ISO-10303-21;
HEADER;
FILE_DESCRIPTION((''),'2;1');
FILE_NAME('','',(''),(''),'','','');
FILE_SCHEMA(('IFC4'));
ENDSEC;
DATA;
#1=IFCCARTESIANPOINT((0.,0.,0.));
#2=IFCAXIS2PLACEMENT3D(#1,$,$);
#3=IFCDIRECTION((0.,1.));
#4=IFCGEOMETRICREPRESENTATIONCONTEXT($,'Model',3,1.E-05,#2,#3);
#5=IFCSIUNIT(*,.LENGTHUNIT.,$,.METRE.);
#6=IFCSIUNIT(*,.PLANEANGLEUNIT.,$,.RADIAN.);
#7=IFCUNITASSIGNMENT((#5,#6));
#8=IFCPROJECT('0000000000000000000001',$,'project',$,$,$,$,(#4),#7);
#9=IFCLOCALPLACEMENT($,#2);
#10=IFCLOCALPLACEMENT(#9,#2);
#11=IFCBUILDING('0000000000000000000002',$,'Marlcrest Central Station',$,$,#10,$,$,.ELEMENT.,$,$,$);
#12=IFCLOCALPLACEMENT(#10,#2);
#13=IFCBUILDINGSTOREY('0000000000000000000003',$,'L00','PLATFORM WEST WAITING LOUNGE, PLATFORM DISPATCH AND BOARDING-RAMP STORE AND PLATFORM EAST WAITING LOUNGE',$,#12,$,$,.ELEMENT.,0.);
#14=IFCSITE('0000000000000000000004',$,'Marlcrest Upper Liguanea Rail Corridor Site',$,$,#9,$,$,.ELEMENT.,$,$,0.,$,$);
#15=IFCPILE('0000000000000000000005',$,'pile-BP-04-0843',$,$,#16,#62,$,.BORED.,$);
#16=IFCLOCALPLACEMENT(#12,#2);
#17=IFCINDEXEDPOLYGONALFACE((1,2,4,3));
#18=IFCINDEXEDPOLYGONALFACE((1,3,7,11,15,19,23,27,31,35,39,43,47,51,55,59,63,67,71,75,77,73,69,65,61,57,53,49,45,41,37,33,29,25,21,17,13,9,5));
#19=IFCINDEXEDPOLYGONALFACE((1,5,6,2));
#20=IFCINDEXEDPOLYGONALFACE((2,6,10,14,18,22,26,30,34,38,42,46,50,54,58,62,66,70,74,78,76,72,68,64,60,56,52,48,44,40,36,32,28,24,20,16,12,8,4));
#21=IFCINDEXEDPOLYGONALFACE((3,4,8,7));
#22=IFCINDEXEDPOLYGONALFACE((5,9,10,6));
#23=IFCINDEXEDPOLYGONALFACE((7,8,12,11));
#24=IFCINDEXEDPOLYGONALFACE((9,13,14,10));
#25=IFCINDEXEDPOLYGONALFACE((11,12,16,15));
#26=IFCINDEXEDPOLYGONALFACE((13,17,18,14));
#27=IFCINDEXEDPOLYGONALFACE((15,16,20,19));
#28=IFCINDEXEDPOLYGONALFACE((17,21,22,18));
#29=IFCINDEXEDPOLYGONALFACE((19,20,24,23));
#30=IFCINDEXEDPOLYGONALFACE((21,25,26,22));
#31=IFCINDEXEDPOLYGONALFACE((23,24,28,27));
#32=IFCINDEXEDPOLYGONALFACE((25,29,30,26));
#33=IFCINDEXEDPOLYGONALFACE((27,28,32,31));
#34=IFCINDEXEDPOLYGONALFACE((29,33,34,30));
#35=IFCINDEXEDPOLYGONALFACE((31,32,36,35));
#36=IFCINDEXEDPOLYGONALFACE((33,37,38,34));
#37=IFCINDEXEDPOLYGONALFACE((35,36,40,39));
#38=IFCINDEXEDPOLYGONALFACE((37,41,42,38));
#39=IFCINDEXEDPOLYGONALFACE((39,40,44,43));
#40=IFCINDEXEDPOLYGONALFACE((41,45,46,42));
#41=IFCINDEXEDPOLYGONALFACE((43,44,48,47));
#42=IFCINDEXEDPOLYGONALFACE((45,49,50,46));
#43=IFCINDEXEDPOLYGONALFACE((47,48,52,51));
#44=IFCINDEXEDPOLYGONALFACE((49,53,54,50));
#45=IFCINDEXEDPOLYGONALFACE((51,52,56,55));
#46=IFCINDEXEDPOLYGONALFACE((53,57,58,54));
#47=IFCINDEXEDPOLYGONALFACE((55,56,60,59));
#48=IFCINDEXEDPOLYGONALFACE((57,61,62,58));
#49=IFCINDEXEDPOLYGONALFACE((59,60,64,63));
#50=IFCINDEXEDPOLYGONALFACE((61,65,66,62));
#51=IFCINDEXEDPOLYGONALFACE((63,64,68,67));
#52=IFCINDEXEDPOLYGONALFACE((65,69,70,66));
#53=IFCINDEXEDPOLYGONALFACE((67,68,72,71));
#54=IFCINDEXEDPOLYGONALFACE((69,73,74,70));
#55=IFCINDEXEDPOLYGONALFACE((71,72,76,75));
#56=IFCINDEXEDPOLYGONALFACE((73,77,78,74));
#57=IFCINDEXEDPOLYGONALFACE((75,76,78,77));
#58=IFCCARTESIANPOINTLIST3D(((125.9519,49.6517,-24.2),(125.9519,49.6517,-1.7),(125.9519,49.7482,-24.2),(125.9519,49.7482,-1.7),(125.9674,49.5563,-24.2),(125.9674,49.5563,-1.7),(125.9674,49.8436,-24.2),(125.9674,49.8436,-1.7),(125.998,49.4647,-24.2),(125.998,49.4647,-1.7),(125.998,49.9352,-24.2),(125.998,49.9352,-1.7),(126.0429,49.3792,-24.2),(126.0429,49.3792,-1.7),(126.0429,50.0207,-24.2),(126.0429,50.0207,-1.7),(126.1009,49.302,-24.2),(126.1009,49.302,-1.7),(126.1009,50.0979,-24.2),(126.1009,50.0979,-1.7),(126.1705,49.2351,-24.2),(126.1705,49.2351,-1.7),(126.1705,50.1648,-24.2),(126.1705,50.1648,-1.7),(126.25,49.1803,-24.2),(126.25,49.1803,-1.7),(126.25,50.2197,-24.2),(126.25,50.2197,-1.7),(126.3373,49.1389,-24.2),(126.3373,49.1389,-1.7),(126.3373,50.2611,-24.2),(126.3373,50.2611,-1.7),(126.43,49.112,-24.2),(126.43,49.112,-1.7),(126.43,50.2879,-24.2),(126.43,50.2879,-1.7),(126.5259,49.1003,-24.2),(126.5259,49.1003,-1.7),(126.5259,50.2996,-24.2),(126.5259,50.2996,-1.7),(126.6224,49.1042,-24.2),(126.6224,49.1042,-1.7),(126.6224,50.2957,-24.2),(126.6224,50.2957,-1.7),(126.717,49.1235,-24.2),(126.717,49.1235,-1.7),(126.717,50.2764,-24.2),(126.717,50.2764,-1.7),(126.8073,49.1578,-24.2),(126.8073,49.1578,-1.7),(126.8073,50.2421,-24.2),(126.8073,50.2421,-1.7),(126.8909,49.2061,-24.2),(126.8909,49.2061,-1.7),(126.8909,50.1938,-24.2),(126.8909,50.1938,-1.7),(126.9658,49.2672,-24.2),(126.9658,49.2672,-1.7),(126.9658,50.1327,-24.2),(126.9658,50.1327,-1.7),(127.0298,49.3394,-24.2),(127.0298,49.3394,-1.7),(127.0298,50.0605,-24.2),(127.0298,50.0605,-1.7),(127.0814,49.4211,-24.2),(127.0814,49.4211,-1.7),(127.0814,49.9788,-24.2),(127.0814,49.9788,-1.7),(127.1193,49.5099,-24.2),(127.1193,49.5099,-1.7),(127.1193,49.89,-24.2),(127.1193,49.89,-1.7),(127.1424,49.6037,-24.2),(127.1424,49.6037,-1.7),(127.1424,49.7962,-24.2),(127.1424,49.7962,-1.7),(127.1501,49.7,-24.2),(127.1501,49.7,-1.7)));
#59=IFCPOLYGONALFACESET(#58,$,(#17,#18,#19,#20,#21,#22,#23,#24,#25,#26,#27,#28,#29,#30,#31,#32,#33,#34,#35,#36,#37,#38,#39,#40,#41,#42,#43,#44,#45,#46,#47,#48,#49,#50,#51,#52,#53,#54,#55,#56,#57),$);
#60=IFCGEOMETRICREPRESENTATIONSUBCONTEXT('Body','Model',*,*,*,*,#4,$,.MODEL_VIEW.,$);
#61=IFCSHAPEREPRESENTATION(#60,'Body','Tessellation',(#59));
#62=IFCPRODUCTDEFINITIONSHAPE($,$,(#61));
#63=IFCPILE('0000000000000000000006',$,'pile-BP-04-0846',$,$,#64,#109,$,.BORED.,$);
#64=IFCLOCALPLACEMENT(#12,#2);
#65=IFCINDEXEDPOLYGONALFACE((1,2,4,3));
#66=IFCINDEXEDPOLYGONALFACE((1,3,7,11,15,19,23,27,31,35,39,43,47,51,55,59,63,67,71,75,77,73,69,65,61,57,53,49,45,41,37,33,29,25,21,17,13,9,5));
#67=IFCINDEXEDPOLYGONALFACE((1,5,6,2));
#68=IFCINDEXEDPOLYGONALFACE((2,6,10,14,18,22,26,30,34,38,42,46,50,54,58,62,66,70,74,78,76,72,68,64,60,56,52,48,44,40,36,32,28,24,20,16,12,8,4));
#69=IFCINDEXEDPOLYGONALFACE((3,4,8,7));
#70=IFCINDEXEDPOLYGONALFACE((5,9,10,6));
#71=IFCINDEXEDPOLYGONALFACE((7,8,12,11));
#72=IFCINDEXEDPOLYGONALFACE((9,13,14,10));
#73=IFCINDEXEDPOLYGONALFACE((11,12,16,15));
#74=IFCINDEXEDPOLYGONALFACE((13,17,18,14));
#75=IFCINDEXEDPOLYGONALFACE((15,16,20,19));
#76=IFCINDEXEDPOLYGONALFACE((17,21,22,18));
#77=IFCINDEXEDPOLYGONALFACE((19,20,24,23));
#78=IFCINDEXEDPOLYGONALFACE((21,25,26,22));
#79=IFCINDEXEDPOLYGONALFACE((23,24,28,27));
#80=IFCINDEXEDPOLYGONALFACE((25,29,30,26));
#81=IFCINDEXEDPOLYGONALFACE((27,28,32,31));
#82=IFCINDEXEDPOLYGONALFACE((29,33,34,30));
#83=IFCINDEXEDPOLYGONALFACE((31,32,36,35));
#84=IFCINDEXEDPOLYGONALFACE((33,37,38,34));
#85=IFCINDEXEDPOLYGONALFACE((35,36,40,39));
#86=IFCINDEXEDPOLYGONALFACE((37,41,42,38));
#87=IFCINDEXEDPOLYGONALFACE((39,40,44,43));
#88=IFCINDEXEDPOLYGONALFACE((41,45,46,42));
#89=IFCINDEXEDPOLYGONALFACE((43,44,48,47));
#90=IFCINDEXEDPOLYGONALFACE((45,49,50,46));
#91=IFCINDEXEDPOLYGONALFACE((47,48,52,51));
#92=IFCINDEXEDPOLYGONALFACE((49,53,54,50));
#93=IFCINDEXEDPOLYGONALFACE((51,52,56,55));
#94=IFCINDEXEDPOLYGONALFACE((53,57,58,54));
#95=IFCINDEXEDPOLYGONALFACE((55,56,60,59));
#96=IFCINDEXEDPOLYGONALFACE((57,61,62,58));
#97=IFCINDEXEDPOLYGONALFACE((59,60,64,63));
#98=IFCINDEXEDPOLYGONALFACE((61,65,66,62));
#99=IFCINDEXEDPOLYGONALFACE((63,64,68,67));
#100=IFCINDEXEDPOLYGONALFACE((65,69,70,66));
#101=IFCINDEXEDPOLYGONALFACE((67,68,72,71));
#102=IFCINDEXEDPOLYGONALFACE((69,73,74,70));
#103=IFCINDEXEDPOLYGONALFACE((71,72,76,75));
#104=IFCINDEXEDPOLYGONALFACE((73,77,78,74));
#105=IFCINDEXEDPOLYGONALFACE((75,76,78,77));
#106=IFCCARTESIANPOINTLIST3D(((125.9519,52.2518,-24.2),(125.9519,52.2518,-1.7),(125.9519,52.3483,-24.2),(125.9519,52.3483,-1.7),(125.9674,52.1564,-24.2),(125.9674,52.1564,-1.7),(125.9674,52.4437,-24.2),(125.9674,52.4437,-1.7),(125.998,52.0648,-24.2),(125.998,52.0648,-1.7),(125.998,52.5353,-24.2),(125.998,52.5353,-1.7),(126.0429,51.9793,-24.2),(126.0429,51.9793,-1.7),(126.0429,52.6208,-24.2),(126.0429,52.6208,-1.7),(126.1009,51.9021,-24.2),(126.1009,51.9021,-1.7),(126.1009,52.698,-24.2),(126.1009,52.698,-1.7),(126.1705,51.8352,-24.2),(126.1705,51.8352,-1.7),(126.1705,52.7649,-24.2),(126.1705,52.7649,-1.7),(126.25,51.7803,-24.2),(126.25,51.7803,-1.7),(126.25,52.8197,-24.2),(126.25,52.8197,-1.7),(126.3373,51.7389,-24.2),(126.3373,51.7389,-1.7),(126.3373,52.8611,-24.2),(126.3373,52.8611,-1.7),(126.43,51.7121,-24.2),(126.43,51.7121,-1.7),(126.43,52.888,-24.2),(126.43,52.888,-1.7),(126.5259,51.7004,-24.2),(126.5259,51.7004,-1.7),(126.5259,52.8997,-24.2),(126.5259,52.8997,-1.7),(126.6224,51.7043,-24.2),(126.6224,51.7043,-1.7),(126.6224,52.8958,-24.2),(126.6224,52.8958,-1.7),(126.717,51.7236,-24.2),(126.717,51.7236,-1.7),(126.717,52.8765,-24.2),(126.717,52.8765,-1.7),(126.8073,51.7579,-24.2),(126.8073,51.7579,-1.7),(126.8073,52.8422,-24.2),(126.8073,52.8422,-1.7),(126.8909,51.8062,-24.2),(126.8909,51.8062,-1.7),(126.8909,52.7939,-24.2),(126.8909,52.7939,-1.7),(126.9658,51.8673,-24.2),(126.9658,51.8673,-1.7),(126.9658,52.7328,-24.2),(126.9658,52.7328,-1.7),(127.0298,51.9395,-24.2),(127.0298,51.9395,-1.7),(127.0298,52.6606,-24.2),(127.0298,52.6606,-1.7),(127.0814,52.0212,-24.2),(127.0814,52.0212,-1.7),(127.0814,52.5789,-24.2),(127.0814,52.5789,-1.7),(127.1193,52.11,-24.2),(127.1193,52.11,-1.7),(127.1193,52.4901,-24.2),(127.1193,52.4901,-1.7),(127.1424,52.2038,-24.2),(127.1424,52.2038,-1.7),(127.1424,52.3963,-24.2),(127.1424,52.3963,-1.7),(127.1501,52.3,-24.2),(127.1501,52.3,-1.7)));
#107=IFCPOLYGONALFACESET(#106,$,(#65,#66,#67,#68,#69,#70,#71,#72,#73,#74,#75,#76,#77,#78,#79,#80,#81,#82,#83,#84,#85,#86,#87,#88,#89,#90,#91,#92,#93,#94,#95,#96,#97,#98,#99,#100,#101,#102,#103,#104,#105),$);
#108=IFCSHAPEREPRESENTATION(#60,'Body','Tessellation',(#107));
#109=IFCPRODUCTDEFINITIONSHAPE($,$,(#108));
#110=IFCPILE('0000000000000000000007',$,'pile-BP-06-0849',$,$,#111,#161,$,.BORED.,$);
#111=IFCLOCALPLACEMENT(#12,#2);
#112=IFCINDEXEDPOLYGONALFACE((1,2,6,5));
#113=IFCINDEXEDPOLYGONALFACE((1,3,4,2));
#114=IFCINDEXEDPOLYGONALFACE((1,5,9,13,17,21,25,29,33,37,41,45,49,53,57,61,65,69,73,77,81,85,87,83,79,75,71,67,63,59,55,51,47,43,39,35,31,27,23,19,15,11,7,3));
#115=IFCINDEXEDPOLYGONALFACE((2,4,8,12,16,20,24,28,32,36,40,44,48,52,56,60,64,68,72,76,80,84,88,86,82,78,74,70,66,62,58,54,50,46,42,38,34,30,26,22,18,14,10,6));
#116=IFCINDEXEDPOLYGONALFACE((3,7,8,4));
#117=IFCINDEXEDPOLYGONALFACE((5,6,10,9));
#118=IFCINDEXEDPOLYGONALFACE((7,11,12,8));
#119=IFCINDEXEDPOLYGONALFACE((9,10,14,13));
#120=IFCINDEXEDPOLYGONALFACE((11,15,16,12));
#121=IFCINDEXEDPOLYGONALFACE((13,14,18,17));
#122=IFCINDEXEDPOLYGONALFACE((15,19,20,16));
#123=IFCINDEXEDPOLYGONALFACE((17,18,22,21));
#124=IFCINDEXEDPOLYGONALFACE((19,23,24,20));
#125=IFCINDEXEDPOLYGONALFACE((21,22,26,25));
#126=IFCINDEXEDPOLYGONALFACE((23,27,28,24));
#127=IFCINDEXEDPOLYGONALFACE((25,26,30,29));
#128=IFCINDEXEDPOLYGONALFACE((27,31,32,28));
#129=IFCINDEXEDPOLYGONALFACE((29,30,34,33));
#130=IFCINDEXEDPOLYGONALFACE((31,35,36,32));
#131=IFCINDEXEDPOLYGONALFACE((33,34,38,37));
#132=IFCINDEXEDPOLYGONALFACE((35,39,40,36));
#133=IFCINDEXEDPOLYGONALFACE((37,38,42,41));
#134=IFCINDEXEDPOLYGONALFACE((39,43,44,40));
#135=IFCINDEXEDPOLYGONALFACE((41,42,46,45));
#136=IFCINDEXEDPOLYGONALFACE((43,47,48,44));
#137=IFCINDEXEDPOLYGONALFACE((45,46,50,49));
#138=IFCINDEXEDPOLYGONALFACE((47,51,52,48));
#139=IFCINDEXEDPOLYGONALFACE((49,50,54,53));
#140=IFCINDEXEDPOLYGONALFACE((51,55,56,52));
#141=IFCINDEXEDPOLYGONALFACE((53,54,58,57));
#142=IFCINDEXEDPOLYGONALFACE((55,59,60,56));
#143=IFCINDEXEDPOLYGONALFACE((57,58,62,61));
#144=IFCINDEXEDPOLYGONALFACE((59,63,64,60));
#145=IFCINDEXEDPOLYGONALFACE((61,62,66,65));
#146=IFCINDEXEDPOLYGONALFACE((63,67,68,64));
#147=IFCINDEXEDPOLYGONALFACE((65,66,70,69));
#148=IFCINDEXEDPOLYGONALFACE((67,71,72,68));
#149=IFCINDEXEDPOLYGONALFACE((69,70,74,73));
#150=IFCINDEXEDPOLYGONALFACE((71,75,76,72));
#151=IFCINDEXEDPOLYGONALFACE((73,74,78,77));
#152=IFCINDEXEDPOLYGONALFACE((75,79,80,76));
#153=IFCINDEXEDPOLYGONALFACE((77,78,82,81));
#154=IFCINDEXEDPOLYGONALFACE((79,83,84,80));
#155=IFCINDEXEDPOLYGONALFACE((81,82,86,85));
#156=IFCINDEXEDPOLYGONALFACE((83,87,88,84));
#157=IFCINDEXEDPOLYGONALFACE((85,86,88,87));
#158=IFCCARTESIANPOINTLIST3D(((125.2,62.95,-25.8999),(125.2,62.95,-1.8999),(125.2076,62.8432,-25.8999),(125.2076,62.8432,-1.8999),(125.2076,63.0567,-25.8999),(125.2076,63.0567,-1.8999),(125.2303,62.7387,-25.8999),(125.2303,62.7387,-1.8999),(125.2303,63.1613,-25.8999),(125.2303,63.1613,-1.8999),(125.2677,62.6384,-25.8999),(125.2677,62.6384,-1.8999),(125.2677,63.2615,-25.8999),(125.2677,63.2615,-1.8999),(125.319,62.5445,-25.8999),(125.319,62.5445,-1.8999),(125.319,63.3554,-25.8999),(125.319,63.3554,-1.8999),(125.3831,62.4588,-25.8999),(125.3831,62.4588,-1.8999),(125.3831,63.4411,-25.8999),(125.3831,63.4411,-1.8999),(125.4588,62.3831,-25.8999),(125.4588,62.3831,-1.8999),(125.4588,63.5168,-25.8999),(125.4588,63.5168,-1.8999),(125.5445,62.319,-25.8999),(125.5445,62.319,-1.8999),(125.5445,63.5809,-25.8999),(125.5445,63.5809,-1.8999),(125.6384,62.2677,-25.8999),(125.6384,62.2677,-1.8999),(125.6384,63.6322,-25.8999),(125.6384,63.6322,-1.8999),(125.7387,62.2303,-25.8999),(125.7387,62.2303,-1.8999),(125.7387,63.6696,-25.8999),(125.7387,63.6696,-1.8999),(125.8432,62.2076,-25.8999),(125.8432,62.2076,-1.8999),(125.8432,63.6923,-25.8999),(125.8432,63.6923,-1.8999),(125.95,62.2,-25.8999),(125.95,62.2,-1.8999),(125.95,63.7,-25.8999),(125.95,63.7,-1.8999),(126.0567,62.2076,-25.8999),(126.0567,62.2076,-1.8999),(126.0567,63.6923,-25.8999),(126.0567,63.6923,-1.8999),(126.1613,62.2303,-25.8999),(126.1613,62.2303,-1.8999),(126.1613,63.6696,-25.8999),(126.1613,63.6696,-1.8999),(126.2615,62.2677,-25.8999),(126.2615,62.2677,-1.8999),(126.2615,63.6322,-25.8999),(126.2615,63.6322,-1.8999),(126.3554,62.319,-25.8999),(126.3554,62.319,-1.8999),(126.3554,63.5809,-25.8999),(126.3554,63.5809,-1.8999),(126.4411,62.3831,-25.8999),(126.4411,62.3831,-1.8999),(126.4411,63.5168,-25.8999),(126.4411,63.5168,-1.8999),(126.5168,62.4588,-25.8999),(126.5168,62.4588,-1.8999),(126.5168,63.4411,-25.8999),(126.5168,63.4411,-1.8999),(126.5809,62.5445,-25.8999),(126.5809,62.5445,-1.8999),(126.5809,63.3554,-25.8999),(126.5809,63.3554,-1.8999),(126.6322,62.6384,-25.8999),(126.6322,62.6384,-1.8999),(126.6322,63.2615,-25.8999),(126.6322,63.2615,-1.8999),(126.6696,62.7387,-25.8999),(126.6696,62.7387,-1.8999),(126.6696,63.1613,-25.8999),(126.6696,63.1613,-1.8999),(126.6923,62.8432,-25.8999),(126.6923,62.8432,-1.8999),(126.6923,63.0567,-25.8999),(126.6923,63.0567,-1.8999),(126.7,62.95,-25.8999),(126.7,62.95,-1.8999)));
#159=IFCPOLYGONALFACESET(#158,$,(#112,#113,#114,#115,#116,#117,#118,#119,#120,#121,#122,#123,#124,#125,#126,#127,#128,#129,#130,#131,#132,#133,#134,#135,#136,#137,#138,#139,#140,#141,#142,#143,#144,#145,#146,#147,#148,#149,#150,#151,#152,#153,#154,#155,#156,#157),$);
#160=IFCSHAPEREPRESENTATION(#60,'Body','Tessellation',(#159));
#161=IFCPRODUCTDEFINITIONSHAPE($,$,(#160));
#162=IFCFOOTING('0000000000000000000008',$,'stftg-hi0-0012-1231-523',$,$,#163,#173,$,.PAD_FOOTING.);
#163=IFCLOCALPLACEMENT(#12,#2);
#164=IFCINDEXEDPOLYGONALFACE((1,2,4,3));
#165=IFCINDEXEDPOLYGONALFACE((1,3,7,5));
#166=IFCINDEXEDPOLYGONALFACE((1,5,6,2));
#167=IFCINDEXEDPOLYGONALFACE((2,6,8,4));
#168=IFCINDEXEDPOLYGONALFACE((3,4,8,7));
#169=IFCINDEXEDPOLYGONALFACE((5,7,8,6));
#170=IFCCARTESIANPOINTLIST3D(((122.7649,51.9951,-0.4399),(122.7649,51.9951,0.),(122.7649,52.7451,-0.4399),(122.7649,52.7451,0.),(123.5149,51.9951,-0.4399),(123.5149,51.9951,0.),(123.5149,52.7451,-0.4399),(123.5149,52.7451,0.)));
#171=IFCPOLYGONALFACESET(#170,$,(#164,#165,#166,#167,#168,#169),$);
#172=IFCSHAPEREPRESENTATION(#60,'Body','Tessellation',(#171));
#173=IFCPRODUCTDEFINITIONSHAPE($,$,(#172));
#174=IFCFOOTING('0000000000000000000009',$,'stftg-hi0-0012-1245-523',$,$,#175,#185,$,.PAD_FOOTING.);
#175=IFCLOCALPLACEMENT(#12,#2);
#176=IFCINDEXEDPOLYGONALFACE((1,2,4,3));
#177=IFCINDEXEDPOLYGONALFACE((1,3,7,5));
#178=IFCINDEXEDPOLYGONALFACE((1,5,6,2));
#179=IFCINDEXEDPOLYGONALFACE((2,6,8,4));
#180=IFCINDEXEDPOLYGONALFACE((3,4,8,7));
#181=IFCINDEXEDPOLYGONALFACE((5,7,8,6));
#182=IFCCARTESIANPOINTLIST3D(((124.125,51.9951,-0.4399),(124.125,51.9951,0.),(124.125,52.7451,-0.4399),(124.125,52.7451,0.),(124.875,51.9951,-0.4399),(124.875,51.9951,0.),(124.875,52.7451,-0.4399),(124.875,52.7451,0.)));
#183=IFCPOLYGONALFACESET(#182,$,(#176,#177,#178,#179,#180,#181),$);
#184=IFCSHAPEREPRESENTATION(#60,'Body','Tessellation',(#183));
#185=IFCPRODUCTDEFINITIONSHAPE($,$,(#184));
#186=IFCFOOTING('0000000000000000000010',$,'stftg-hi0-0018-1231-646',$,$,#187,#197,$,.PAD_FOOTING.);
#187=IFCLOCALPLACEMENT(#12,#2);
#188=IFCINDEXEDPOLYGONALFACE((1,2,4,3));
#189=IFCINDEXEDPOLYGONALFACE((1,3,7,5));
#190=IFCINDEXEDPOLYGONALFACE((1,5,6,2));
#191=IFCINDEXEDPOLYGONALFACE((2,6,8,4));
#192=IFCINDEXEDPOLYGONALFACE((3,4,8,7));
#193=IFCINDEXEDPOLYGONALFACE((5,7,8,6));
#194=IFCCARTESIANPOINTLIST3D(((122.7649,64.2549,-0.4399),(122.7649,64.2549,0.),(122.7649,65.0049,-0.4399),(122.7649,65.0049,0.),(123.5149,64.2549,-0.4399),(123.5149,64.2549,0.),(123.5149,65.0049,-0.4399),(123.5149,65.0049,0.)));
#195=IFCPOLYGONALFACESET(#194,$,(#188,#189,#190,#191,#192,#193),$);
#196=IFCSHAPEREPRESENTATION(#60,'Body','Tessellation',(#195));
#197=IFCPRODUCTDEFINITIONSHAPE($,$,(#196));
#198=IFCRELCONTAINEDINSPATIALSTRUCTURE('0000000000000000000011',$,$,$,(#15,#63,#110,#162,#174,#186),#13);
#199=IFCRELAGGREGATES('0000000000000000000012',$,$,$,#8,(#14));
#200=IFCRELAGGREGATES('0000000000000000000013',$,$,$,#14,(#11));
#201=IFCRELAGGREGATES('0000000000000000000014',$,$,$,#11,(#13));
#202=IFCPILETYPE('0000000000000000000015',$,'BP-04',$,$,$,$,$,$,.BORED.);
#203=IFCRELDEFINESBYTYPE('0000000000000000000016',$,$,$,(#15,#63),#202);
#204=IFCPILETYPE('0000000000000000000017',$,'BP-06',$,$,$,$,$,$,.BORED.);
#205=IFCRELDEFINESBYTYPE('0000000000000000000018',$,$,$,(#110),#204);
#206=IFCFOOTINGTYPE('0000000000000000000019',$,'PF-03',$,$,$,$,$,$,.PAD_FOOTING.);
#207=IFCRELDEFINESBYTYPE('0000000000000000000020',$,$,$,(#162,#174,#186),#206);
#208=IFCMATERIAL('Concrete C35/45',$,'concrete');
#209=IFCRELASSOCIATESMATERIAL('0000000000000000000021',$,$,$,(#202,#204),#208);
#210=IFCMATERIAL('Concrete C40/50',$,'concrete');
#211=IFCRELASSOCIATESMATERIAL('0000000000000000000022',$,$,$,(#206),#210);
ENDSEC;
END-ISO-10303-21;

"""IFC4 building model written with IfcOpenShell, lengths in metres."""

from ifc_helpers import new_model, si_unit, direction, frame, origin, origin_2d, place, context, subcontext, project, spatial, rectangle, circle, extrude, material, material_profile, profile_set, type_object, element, save


model = new_model("IFC4")

# Units and contexts
model_context = context("Model", 3, precision=1e-05, world=origin(), true_north=direction((0.0, 1.0)))
body_context = subcontext(model_context, "Body", "Model", "MODEL_VIEW")
ifc_project = project(units=[si_unit("LENGTHUNIT", "METRE"), si_unit("PLANEANGLEUNIT", "RADIAN")], contexts=[model_context])

# Site, building, storey
site_placement = place(None, origin())
site = spatial("IfcSite", under=ifc_project, at=site_placement, Name="Marlcrest Upper Liguanea Rail Corridor Site", CompositionType="ELEMENT", RefElevation=0.0)
building_placement = place(site_placement, origin())
building = spatial("IfcBuilding", under=site, at=building_placement, Name="Marlcrest Central Station", CompositionType="ELEMENT")
storey_placement = place(building_placement, origin())
storey = spatial("IfcBuildingStorey", under=building, at=storey_placement, Name="L00", Description="PLATFORM WEST WAITING LOUNGE, PLATFORM DISPATCH AND BOARDING-RAMP STORE AND PLATFORM EAST WAITING LOUNGE", CompositionType="ELEMENT", Elevation=0.0)

# Piles
ifc_material_1 = material(Name="Concrete C35/45", Category="concrete")
ifc_material_profile_1 = material_profile(ifc_material_1, circle(Radius=0.6001, at=origin_2d()), Name="PILE D1200")
ifc_profile_set_1 = profile_set([ifc_material_profile_1], Name="Concrete C35/45")
pile_type_1 = type_object("IfcPileType", Name="BP-04", PredefinedType="BORED", material=ifc_profile_set_1)
for number, where, z_axis, x_axis, name in (
    (1, (126.55, 49.7, -1.7), (0.0, 0.0, -1.0), (1.0, 0.0, 0.0), "pile-BP-04-0843"),
    (2, (126.55, 52.3, -1.7), (0.0, 0.0, -1.0), (1.0, 0.0, 0.0), "pile-BP-04-0846"),
):
    element("IfcPile", number, at=place(storey_placement, frame(where, z_axis=z_axis, x_axis=x_axis)), inside=storey, type_object=pile_type_1, Name=name, PredefinedType="BORED", context=body_context, shape_type="SweptSolid", body=[
        extrude(circle(Radius=0.6001, at=origin_2d()), origin(), (0.0, 0.0, 1.0), 22.5),
    ])
ifc_material_profile_2 = material_profile(ifc_material_1, circle(Radius=0.75, at=origin_2d()), Name="PILE D1500")
ifc_profile_set_2 = profile_set([ifc_material_profile_2], Name="Concrete C35/45")
pile_type_2 = type_object("IfcPileType", Name="BP-06", PredefinedType="BORED", material=ifc_profile_set_2)
pile_placement = place(storey_placement, frame((125.95, 62.95, -1.8999), z_axis=(0.0, 0.0, -1.0), x_axis=(1.0, 0.0, 0.0)))
element("IfcPile", 3, at=pile_placement, inside=storey, type_object=pile_type_2, Name="pile-BP-06-0849", PredefinedType="BORED", context=body_context, shape_type="SweptSolid", body=[
    extrude(circle(Radius=0.75, at=origin_2d()), origin(), (0.0, 0.0, 1.0), 24.0),
])

# Footings
ifc_material_2 = material(Name="Concrete C40/50", Category="concrete")
footing_type = type_object("IfcFootingType", Name="PF-03", PredefinedType="PAD_FOOTING", material=ifc_material_2)
for number, where, z_axis, x_axis, name in (
    (4, (123.1399, 52.3701, -0.4399), (0.0, 0.0, 1.0), (1.0, 0.0, 0.0), "stftg-hi0-0012-1231-523"),
    (5, (124.5, 52.3701, -0.4399), (0.0, 0.0, 1.0), (1.0, 0.0, 0.0), "stftg-hi0-0012-1245-523"),
    (6, (123.1399, 64.6299, -0.4399), (0.0, 0.0, 1.0), (1.0, 0.0, 0.0), "stftg-hi0-0018-1231-646"),
):
    element("IfcFooting", number, at=place(storey_placement, frame(where, z_axis=z_axis, x_axis=x_axis)), inside=storey, type_object=footing_type, Name=name, PredefinedType="PAD_FOOTING", context=body_context, shape_type="SweptSolid", body=[
        extrude(rectangle(XDim=0.75, YDim=0.75, at=origin_2d()), origin(), (0.0, 0.0, 1.0), 0.4399),
    ])

save(model, "model.ifc")
